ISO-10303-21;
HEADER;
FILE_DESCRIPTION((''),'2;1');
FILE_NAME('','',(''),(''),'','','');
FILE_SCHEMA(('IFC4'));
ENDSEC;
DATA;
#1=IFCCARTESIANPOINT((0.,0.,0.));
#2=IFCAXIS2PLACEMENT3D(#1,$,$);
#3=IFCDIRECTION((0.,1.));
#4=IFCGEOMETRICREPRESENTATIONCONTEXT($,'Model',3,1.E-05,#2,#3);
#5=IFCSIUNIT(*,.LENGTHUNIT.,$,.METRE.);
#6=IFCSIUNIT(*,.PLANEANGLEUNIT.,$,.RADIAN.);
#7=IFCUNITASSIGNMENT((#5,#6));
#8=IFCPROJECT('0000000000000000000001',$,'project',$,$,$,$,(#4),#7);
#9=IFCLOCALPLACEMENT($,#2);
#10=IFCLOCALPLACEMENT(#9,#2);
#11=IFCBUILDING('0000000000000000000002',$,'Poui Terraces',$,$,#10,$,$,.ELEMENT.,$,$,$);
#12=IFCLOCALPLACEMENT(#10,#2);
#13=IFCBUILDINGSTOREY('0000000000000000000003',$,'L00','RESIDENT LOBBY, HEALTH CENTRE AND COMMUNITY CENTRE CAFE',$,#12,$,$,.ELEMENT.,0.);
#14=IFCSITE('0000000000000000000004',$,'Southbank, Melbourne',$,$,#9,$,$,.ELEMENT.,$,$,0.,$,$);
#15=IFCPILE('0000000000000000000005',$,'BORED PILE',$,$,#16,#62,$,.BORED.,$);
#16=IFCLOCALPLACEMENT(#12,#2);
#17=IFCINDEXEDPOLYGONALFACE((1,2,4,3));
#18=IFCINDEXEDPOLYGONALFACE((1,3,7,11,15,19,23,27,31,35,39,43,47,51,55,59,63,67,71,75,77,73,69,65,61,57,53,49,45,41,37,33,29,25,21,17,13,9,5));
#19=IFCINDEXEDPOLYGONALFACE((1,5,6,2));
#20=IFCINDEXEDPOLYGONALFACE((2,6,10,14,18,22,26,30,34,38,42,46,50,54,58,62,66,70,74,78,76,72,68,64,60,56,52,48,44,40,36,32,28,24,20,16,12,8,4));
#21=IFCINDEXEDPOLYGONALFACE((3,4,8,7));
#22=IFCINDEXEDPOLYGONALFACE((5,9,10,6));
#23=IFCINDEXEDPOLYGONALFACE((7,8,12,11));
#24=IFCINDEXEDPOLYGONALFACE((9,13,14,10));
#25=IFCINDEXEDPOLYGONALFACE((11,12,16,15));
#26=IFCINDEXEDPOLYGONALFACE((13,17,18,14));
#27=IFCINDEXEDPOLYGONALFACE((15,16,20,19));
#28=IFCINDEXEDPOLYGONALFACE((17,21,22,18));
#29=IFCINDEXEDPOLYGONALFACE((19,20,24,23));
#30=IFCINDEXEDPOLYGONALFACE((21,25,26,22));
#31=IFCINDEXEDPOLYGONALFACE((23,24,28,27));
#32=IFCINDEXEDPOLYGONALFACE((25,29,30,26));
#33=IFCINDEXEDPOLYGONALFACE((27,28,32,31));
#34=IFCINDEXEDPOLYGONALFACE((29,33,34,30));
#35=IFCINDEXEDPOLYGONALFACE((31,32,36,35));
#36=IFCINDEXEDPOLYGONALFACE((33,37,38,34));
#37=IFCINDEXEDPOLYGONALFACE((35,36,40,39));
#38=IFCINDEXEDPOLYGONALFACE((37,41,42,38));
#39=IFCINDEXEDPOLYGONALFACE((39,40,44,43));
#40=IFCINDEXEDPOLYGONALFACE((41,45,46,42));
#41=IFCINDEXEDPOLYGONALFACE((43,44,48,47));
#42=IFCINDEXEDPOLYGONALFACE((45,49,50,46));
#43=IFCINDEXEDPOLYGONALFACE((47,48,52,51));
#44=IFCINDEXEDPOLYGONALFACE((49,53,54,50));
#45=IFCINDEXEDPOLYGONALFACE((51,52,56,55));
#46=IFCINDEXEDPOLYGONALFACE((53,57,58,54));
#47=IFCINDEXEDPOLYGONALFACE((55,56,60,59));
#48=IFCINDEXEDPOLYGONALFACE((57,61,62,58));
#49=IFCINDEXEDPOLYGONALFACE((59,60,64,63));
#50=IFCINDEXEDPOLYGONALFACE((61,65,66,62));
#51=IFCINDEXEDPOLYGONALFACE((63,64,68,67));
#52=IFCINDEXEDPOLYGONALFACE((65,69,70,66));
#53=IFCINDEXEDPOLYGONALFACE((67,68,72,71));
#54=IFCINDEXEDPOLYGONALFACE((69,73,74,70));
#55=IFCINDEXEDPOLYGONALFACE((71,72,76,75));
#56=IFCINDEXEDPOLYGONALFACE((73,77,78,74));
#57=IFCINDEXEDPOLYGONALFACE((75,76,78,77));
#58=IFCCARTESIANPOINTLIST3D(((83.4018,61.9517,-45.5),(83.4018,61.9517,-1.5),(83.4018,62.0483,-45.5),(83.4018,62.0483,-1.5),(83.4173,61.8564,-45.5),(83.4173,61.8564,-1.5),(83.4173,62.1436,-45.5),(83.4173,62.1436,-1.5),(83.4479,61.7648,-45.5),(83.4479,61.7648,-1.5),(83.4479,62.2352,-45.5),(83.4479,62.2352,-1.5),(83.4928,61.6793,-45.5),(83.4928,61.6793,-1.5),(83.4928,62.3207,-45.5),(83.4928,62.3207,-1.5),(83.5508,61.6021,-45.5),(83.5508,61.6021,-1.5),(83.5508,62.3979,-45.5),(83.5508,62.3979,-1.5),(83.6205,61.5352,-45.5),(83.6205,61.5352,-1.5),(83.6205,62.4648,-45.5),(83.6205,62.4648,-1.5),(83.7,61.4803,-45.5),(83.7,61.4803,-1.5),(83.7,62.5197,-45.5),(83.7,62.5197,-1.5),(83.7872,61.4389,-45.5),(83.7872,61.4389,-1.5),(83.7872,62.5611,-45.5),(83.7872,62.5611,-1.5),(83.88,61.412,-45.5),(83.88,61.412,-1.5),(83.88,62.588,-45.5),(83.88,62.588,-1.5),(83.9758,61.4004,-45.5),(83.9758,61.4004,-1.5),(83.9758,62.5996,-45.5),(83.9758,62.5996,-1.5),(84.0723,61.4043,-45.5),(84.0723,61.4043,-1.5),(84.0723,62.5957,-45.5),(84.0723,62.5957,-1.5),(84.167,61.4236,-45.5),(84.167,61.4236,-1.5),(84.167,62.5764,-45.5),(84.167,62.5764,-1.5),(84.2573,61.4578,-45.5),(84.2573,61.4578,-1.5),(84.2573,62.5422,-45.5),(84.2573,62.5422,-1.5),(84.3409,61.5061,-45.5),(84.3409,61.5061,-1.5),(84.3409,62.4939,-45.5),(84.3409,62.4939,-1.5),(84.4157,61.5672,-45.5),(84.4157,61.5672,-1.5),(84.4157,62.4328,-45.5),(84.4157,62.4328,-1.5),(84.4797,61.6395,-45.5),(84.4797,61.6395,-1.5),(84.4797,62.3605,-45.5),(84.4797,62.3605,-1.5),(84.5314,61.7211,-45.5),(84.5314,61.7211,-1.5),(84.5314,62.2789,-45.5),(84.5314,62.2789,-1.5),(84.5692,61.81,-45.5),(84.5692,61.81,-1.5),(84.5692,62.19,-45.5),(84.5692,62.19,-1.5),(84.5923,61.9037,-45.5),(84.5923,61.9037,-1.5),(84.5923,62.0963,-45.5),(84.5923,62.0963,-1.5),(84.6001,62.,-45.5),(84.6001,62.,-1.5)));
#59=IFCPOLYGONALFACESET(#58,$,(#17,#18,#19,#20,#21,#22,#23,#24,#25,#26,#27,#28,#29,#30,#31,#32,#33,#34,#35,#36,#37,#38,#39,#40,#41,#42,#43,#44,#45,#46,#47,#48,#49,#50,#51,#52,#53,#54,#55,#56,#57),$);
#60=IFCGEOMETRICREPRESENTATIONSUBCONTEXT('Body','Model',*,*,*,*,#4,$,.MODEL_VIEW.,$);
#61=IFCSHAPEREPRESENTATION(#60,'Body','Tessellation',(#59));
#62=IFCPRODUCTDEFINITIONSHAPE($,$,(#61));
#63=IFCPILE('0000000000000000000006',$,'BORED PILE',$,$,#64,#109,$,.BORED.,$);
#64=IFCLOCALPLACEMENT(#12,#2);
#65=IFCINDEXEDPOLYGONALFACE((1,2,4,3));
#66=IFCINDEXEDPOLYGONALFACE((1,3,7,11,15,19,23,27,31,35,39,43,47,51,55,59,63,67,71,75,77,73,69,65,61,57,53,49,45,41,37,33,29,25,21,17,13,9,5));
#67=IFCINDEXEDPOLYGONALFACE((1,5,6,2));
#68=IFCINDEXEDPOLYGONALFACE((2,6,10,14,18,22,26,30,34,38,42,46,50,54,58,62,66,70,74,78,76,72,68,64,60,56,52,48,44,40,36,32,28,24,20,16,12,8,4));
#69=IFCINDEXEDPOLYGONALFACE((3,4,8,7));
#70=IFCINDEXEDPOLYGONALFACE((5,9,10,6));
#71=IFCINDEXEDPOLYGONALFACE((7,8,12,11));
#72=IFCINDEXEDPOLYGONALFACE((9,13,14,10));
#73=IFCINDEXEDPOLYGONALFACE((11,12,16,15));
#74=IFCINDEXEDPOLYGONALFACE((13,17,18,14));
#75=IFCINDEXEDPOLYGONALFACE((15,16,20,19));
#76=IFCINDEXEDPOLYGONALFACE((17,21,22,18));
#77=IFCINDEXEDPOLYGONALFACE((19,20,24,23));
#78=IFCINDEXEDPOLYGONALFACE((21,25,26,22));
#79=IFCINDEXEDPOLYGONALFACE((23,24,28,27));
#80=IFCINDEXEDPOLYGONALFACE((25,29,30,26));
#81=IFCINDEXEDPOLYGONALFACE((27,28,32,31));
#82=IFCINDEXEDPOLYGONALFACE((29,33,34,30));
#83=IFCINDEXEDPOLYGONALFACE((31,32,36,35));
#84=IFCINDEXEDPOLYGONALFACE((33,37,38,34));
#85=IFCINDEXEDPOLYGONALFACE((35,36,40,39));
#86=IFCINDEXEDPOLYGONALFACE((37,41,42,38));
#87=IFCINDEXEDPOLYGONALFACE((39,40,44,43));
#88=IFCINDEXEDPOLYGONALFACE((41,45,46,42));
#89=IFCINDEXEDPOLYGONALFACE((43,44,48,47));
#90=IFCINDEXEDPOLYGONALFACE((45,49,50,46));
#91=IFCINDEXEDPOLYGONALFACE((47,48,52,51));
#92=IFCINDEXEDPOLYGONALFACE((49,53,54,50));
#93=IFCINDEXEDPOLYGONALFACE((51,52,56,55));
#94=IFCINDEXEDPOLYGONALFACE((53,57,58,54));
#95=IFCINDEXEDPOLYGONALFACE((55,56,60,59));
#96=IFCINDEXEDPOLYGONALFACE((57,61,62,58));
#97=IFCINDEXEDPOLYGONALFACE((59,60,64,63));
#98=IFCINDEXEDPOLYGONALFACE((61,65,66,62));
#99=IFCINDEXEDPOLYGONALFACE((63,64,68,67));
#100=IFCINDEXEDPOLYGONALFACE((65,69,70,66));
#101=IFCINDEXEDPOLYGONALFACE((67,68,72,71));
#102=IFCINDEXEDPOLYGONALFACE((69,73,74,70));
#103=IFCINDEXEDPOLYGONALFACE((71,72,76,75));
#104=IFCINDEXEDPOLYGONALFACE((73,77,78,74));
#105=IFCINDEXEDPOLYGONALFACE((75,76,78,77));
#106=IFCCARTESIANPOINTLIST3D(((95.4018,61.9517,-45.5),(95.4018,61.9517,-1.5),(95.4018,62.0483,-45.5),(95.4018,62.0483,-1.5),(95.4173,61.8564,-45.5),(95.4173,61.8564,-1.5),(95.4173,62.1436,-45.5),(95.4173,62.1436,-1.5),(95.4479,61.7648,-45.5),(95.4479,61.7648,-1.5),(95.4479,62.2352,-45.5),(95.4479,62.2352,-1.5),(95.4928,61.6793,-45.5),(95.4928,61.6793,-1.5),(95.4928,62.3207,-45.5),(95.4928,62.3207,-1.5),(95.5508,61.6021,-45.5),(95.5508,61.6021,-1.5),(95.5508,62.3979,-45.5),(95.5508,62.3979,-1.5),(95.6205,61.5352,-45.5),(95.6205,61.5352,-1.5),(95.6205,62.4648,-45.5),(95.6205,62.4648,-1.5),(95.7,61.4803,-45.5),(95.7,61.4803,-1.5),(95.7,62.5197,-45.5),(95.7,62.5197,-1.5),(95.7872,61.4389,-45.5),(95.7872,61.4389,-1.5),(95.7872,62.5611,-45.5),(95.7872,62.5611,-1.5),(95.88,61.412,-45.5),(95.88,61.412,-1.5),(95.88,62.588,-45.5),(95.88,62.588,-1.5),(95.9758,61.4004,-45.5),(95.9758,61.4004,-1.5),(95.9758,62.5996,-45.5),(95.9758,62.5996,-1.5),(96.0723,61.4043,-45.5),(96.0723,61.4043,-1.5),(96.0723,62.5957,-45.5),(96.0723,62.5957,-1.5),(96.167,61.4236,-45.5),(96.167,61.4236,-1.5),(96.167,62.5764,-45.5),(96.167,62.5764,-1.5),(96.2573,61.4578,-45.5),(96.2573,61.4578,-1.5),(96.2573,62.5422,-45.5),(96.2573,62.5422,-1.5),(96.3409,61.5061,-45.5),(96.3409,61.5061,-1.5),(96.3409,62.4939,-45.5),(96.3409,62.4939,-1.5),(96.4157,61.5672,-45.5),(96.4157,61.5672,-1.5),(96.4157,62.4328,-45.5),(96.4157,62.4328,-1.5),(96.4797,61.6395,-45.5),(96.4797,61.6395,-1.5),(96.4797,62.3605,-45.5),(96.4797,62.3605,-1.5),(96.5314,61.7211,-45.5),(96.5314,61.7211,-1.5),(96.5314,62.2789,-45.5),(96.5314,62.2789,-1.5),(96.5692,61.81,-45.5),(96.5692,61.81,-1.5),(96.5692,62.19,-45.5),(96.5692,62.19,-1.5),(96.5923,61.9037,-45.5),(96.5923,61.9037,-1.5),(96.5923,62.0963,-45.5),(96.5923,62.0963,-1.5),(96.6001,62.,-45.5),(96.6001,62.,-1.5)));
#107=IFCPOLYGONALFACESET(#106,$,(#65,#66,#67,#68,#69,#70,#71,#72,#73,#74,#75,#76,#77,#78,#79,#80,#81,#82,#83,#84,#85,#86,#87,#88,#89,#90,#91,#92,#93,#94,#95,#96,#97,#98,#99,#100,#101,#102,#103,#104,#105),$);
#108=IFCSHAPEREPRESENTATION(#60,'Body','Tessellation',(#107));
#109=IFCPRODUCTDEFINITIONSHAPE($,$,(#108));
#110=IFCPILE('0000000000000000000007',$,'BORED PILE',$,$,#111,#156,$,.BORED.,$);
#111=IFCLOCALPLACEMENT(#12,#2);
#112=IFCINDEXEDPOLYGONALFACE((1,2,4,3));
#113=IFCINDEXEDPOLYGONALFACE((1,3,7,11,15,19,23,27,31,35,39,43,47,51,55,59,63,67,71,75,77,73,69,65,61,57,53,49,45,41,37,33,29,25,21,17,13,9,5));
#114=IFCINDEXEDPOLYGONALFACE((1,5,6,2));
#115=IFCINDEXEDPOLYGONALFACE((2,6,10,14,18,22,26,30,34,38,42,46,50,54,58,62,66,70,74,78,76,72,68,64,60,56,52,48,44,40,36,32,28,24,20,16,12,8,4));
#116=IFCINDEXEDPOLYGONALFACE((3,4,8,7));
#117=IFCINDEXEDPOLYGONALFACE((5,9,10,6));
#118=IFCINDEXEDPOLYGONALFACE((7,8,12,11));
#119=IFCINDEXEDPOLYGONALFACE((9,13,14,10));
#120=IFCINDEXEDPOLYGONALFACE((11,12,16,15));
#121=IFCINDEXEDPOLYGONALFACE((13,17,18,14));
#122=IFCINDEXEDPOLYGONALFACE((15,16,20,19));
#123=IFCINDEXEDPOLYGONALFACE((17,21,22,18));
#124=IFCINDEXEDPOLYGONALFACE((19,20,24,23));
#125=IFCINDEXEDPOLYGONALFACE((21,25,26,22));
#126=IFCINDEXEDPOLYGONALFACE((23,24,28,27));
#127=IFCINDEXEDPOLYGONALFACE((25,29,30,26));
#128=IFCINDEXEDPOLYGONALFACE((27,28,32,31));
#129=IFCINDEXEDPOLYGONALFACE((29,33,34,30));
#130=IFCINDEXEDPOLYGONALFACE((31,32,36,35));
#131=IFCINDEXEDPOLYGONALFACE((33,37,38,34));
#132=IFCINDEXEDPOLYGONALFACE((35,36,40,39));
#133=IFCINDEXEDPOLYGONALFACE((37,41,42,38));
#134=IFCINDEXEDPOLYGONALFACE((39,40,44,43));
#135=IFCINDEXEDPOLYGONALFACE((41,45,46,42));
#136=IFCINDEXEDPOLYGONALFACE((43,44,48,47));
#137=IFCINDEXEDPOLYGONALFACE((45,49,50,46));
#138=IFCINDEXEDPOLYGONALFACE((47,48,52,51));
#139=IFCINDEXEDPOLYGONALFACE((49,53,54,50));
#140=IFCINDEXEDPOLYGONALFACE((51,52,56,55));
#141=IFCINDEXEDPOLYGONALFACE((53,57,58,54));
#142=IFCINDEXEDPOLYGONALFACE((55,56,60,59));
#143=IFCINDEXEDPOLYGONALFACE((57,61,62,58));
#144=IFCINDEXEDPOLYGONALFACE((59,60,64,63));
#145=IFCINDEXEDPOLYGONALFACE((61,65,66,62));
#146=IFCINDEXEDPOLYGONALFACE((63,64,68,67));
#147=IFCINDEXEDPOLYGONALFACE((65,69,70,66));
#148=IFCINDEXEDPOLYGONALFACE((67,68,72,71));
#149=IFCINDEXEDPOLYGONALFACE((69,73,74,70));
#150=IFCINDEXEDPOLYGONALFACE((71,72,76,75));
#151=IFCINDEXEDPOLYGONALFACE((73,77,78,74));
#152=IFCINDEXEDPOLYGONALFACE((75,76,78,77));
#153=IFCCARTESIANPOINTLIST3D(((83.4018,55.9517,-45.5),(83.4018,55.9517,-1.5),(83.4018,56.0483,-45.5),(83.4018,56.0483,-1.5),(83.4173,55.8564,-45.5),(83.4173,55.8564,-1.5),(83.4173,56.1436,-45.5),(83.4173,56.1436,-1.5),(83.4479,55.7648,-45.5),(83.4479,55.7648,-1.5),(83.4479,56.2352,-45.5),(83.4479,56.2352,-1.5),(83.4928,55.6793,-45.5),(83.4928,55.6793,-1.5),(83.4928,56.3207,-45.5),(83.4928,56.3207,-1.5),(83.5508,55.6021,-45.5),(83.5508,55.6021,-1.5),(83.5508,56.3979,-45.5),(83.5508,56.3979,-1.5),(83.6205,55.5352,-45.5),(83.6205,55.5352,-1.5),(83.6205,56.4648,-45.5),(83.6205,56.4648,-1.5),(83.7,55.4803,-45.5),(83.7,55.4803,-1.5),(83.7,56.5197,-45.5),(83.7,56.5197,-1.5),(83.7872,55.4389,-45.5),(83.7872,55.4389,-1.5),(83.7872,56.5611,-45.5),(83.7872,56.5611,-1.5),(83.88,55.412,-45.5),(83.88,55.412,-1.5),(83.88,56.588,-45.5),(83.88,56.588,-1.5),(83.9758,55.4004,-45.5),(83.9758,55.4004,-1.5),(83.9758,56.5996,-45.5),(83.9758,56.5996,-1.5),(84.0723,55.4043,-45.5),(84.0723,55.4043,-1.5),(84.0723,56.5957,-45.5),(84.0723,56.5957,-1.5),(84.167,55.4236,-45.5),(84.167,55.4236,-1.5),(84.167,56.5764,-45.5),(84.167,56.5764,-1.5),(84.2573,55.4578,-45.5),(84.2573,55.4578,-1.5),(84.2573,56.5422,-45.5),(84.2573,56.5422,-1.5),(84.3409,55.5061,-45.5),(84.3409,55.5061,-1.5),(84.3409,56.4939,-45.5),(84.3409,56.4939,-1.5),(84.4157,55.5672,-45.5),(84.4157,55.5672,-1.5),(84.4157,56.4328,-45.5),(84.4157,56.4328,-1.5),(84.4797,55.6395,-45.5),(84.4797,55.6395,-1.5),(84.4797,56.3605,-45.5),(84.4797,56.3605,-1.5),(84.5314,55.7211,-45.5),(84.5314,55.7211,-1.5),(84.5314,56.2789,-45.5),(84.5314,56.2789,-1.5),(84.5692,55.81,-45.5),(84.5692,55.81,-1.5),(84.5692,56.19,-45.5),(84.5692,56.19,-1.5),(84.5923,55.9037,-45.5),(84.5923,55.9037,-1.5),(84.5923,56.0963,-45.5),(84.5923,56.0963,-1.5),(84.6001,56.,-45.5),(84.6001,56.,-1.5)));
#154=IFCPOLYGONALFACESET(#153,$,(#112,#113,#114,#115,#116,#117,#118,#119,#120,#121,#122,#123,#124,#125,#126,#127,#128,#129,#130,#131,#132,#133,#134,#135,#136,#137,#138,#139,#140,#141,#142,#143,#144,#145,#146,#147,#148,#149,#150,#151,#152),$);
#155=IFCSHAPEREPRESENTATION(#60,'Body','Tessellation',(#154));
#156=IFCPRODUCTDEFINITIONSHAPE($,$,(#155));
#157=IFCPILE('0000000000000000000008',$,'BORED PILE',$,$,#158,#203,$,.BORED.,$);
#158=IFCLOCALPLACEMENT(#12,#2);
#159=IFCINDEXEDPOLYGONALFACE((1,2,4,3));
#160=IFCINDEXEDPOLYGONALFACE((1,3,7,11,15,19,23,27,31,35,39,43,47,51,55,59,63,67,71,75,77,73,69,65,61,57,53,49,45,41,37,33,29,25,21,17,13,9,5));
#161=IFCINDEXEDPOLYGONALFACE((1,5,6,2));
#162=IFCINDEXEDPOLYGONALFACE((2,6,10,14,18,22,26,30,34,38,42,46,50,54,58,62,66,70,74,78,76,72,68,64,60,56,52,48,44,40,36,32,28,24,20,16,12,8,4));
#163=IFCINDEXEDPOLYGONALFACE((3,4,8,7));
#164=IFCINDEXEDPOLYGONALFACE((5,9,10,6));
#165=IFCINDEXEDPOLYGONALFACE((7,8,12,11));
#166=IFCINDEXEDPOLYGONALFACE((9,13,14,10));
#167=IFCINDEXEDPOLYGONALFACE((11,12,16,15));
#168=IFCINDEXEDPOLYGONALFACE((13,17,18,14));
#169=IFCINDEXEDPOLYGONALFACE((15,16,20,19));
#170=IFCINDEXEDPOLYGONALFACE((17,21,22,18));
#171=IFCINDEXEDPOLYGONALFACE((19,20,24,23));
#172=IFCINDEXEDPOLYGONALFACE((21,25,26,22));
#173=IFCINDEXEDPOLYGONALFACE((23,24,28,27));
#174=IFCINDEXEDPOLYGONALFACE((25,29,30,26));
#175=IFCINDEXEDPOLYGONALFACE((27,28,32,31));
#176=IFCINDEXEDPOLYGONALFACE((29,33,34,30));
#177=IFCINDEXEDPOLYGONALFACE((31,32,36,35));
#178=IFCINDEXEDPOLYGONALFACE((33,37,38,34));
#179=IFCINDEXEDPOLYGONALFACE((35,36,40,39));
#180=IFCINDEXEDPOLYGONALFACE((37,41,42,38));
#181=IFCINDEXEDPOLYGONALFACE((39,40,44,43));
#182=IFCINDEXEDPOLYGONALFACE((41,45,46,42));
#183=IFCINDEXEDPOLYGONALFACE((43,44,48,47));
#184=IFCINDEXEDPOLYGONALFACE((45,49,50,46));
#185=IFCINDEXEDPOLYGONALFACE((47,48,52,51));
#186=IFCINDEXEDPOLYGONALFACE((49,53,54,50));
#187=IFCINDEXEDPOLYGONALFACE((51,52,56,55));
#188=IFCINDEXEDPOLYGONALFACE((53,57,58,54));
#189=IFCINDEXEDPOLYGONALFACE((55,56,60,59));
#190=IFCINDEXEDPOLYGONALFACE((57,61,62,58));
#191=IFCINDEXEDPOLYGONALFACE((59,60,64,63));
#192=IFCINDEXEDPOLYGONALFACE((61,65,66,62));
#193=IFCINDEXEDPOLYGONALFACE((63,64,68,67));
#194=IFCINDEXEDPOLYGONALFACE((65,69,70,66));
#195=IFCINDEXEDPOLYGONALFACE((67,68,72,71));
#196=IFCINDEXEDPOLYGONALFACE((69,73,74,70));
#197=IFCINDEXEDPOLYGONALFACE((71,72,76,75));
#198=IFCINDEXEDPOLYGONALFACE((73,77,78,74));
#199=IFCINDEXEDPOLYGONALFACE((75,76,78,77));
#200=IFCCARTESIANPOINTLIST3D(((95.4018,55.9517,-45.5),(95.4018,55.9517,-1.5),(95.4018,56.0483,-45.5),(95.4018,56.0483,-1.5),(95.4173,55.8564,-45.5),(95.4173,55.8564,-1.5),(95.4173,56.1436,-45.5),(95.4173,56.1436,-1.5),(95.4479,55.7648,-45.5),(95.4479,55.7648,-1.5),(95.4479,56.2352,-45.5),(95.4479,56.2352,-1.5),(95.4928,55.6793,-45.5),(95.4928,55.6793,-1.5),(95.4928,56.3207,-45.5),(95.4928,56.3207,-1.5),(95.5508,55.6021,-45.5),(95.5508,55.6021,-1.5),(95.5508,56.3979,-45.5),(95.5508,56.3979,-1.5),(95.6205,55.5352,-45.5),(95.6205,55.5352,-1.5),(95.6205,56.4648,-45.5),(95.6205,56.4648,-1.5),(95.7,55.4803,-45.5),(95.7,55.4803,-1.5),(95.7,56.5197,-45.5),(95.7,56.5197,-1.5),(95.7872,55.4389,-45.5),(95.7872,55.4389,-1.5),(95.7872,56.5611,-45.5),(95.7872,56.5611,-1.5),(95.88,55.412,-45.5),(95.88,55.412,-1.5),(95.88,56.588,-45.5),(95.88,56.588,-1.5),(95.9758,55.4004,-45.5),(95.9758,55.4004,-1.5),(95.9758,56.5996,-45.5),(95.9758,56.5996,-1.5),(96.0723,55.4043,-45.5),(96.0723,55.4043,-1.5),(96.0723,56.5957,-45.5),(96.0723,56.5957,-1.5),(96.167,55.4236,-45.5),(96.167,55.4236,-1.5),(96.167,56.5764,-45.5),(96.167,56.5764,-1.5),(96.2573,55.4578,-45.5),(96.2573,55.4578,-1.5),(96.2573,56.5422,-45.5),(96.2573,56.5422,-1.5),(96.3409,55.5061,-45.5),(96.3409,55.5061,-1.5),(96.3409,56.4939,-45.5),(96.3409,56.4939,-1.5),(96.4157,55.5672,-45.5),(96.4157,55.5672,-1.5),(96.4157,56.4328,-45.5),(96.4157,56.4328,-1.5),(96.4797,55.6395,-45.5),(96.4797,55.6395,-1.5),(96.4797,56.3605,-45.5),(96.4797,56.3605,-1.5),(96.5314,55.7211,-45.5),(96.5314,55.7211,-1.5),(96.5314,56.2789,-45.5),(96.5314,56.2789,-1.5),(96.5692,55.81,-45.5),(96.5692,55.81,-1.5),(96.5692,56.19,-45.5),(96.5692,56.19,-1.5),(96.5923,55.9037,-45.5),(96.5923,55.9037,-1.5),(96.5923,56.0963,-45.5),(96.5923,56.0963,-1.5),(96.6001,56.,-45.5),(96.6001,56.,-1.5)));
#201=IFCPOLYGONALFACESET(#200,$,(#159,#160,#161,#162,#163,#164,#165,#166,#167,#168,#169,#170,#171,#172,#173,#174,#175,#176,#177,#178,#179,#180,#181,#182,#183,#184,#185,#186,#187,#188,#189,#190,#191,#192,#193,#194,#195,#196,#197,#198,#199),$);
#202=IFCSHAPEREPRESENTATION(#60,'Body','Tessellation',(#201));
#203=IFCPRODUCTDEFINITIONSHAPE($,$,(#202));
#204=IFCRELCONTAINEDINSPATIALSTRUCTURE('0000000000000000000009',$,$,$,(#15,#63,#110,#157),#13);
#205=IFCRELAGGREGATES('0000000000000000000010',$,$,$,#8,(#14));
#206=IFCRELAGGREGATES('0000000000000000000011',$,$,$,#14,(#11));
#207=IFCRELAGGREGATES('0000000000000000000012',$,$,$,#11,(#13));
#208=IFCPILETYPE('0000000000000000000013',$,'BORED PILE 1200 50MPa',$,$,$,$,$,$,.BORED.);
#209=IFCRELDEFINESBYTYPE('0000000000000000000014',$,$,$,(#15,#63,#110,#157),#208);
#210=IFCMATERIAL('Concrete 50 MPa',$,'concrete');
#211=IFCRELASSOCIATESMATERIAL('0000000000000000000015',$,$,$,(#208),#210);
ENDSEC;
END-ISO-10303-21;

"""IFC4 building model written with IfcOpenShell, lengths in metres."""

from ifc_helpers import new_model, si_unit, direction, frame, origin, origin_2d, place, context, subcontext, project, spatial, circle, extrude, material, material_profile, profile_set, type_object, element, save


model = new_model("IFC4")

# Units and contexts
model_context = context("Model", 3, precision=1e-05, world=origin(), true_north=direction((0.0, 1.0)))
body_context = subcontext(model_context, "Body", "Model", "MODEL_VIEW")
ifc_project = project(units=[si_unit("LENGTHUNIT", "METRE"), si_unit("PLANEANGLEUNIT", "RADIAN")], contexts=[model_context])

# Site, building, storey
site_placement = place(None, origin())
site = spatial("IfcSite", under=ifc_project, at=site_placement, Name="Southbank, Melbourne", CompositionType="ELEMENT", RefElevation=0.0)
building_placement = place(site_placement, origin())
building = spatial("IfcBuilding", under=site, at=building_placement, Name="Poui Terraces", CompositionType="ELEMENT")
storey_placement = place(building_placement, origin())
storey = spatial("IfcBuildingStorey", under=building, at=storey_placement, Name="L00", Description="RESIDENT LOBBY, HEALTH CENTRE AND COMMUNITY CENTRE CAFE", CompositionType="ELEMENT", Elevation=0.0)

# Piles
ifc_material_1 = material(Name="Concrete 50 MPa", Category="concrete")
ifc_material_profile_1 = material_profile(ifc_material_1, circle(Radius=0.6001, at=origin_2d()), Name="RC D1200")
ifc_profile_set_1 = profile_set([ifc_material_profile_1], Name="Concrete 50 MPa")
pile_type = type_object("IfcPileType", Name="BORED PILE 1200 50MPa", PredefinedType="BORED", material=ifc_profile_set_1)
for number, where, z_axis, x_axis, name in (
    (1, (84.0, 62.0, -1.5), (0.0, 0.0, -1.0), (1.0, 0.0, 0.0), "BORED PILE"),
    (2, (96.0, 62.0, -1.5), (0.0, 0.0, -1.0), (1.0, 0.0, 0.0), "BORED PILE"),
    (3, (84.0, 56.0, -1.5), (0.0, 0.0, -1.0), (1.0, 0.0, 0.0), "BORED PILE"),
    (4, (96.0, 56.0, -1.5), (0.0, 0.0, -1.0), (1.0, 0.0, 0.0), "BORED PILE"),
):
    element("IfcPile", number, at=place(storey_placement, frame(where, z_axis=z_axis, x_axis=x_axis)), inside=storey, type_object=pile_type, Name=name, PredefinedType="BORED", context=body_context, shape_type="SweptSolid", body=[
        extrude(circle(Radius=0.6001, at=origin_2d()), origin(), (0.0, 0.0, 1.0), 44.0),
    ])

save(model, "model.ifc")
